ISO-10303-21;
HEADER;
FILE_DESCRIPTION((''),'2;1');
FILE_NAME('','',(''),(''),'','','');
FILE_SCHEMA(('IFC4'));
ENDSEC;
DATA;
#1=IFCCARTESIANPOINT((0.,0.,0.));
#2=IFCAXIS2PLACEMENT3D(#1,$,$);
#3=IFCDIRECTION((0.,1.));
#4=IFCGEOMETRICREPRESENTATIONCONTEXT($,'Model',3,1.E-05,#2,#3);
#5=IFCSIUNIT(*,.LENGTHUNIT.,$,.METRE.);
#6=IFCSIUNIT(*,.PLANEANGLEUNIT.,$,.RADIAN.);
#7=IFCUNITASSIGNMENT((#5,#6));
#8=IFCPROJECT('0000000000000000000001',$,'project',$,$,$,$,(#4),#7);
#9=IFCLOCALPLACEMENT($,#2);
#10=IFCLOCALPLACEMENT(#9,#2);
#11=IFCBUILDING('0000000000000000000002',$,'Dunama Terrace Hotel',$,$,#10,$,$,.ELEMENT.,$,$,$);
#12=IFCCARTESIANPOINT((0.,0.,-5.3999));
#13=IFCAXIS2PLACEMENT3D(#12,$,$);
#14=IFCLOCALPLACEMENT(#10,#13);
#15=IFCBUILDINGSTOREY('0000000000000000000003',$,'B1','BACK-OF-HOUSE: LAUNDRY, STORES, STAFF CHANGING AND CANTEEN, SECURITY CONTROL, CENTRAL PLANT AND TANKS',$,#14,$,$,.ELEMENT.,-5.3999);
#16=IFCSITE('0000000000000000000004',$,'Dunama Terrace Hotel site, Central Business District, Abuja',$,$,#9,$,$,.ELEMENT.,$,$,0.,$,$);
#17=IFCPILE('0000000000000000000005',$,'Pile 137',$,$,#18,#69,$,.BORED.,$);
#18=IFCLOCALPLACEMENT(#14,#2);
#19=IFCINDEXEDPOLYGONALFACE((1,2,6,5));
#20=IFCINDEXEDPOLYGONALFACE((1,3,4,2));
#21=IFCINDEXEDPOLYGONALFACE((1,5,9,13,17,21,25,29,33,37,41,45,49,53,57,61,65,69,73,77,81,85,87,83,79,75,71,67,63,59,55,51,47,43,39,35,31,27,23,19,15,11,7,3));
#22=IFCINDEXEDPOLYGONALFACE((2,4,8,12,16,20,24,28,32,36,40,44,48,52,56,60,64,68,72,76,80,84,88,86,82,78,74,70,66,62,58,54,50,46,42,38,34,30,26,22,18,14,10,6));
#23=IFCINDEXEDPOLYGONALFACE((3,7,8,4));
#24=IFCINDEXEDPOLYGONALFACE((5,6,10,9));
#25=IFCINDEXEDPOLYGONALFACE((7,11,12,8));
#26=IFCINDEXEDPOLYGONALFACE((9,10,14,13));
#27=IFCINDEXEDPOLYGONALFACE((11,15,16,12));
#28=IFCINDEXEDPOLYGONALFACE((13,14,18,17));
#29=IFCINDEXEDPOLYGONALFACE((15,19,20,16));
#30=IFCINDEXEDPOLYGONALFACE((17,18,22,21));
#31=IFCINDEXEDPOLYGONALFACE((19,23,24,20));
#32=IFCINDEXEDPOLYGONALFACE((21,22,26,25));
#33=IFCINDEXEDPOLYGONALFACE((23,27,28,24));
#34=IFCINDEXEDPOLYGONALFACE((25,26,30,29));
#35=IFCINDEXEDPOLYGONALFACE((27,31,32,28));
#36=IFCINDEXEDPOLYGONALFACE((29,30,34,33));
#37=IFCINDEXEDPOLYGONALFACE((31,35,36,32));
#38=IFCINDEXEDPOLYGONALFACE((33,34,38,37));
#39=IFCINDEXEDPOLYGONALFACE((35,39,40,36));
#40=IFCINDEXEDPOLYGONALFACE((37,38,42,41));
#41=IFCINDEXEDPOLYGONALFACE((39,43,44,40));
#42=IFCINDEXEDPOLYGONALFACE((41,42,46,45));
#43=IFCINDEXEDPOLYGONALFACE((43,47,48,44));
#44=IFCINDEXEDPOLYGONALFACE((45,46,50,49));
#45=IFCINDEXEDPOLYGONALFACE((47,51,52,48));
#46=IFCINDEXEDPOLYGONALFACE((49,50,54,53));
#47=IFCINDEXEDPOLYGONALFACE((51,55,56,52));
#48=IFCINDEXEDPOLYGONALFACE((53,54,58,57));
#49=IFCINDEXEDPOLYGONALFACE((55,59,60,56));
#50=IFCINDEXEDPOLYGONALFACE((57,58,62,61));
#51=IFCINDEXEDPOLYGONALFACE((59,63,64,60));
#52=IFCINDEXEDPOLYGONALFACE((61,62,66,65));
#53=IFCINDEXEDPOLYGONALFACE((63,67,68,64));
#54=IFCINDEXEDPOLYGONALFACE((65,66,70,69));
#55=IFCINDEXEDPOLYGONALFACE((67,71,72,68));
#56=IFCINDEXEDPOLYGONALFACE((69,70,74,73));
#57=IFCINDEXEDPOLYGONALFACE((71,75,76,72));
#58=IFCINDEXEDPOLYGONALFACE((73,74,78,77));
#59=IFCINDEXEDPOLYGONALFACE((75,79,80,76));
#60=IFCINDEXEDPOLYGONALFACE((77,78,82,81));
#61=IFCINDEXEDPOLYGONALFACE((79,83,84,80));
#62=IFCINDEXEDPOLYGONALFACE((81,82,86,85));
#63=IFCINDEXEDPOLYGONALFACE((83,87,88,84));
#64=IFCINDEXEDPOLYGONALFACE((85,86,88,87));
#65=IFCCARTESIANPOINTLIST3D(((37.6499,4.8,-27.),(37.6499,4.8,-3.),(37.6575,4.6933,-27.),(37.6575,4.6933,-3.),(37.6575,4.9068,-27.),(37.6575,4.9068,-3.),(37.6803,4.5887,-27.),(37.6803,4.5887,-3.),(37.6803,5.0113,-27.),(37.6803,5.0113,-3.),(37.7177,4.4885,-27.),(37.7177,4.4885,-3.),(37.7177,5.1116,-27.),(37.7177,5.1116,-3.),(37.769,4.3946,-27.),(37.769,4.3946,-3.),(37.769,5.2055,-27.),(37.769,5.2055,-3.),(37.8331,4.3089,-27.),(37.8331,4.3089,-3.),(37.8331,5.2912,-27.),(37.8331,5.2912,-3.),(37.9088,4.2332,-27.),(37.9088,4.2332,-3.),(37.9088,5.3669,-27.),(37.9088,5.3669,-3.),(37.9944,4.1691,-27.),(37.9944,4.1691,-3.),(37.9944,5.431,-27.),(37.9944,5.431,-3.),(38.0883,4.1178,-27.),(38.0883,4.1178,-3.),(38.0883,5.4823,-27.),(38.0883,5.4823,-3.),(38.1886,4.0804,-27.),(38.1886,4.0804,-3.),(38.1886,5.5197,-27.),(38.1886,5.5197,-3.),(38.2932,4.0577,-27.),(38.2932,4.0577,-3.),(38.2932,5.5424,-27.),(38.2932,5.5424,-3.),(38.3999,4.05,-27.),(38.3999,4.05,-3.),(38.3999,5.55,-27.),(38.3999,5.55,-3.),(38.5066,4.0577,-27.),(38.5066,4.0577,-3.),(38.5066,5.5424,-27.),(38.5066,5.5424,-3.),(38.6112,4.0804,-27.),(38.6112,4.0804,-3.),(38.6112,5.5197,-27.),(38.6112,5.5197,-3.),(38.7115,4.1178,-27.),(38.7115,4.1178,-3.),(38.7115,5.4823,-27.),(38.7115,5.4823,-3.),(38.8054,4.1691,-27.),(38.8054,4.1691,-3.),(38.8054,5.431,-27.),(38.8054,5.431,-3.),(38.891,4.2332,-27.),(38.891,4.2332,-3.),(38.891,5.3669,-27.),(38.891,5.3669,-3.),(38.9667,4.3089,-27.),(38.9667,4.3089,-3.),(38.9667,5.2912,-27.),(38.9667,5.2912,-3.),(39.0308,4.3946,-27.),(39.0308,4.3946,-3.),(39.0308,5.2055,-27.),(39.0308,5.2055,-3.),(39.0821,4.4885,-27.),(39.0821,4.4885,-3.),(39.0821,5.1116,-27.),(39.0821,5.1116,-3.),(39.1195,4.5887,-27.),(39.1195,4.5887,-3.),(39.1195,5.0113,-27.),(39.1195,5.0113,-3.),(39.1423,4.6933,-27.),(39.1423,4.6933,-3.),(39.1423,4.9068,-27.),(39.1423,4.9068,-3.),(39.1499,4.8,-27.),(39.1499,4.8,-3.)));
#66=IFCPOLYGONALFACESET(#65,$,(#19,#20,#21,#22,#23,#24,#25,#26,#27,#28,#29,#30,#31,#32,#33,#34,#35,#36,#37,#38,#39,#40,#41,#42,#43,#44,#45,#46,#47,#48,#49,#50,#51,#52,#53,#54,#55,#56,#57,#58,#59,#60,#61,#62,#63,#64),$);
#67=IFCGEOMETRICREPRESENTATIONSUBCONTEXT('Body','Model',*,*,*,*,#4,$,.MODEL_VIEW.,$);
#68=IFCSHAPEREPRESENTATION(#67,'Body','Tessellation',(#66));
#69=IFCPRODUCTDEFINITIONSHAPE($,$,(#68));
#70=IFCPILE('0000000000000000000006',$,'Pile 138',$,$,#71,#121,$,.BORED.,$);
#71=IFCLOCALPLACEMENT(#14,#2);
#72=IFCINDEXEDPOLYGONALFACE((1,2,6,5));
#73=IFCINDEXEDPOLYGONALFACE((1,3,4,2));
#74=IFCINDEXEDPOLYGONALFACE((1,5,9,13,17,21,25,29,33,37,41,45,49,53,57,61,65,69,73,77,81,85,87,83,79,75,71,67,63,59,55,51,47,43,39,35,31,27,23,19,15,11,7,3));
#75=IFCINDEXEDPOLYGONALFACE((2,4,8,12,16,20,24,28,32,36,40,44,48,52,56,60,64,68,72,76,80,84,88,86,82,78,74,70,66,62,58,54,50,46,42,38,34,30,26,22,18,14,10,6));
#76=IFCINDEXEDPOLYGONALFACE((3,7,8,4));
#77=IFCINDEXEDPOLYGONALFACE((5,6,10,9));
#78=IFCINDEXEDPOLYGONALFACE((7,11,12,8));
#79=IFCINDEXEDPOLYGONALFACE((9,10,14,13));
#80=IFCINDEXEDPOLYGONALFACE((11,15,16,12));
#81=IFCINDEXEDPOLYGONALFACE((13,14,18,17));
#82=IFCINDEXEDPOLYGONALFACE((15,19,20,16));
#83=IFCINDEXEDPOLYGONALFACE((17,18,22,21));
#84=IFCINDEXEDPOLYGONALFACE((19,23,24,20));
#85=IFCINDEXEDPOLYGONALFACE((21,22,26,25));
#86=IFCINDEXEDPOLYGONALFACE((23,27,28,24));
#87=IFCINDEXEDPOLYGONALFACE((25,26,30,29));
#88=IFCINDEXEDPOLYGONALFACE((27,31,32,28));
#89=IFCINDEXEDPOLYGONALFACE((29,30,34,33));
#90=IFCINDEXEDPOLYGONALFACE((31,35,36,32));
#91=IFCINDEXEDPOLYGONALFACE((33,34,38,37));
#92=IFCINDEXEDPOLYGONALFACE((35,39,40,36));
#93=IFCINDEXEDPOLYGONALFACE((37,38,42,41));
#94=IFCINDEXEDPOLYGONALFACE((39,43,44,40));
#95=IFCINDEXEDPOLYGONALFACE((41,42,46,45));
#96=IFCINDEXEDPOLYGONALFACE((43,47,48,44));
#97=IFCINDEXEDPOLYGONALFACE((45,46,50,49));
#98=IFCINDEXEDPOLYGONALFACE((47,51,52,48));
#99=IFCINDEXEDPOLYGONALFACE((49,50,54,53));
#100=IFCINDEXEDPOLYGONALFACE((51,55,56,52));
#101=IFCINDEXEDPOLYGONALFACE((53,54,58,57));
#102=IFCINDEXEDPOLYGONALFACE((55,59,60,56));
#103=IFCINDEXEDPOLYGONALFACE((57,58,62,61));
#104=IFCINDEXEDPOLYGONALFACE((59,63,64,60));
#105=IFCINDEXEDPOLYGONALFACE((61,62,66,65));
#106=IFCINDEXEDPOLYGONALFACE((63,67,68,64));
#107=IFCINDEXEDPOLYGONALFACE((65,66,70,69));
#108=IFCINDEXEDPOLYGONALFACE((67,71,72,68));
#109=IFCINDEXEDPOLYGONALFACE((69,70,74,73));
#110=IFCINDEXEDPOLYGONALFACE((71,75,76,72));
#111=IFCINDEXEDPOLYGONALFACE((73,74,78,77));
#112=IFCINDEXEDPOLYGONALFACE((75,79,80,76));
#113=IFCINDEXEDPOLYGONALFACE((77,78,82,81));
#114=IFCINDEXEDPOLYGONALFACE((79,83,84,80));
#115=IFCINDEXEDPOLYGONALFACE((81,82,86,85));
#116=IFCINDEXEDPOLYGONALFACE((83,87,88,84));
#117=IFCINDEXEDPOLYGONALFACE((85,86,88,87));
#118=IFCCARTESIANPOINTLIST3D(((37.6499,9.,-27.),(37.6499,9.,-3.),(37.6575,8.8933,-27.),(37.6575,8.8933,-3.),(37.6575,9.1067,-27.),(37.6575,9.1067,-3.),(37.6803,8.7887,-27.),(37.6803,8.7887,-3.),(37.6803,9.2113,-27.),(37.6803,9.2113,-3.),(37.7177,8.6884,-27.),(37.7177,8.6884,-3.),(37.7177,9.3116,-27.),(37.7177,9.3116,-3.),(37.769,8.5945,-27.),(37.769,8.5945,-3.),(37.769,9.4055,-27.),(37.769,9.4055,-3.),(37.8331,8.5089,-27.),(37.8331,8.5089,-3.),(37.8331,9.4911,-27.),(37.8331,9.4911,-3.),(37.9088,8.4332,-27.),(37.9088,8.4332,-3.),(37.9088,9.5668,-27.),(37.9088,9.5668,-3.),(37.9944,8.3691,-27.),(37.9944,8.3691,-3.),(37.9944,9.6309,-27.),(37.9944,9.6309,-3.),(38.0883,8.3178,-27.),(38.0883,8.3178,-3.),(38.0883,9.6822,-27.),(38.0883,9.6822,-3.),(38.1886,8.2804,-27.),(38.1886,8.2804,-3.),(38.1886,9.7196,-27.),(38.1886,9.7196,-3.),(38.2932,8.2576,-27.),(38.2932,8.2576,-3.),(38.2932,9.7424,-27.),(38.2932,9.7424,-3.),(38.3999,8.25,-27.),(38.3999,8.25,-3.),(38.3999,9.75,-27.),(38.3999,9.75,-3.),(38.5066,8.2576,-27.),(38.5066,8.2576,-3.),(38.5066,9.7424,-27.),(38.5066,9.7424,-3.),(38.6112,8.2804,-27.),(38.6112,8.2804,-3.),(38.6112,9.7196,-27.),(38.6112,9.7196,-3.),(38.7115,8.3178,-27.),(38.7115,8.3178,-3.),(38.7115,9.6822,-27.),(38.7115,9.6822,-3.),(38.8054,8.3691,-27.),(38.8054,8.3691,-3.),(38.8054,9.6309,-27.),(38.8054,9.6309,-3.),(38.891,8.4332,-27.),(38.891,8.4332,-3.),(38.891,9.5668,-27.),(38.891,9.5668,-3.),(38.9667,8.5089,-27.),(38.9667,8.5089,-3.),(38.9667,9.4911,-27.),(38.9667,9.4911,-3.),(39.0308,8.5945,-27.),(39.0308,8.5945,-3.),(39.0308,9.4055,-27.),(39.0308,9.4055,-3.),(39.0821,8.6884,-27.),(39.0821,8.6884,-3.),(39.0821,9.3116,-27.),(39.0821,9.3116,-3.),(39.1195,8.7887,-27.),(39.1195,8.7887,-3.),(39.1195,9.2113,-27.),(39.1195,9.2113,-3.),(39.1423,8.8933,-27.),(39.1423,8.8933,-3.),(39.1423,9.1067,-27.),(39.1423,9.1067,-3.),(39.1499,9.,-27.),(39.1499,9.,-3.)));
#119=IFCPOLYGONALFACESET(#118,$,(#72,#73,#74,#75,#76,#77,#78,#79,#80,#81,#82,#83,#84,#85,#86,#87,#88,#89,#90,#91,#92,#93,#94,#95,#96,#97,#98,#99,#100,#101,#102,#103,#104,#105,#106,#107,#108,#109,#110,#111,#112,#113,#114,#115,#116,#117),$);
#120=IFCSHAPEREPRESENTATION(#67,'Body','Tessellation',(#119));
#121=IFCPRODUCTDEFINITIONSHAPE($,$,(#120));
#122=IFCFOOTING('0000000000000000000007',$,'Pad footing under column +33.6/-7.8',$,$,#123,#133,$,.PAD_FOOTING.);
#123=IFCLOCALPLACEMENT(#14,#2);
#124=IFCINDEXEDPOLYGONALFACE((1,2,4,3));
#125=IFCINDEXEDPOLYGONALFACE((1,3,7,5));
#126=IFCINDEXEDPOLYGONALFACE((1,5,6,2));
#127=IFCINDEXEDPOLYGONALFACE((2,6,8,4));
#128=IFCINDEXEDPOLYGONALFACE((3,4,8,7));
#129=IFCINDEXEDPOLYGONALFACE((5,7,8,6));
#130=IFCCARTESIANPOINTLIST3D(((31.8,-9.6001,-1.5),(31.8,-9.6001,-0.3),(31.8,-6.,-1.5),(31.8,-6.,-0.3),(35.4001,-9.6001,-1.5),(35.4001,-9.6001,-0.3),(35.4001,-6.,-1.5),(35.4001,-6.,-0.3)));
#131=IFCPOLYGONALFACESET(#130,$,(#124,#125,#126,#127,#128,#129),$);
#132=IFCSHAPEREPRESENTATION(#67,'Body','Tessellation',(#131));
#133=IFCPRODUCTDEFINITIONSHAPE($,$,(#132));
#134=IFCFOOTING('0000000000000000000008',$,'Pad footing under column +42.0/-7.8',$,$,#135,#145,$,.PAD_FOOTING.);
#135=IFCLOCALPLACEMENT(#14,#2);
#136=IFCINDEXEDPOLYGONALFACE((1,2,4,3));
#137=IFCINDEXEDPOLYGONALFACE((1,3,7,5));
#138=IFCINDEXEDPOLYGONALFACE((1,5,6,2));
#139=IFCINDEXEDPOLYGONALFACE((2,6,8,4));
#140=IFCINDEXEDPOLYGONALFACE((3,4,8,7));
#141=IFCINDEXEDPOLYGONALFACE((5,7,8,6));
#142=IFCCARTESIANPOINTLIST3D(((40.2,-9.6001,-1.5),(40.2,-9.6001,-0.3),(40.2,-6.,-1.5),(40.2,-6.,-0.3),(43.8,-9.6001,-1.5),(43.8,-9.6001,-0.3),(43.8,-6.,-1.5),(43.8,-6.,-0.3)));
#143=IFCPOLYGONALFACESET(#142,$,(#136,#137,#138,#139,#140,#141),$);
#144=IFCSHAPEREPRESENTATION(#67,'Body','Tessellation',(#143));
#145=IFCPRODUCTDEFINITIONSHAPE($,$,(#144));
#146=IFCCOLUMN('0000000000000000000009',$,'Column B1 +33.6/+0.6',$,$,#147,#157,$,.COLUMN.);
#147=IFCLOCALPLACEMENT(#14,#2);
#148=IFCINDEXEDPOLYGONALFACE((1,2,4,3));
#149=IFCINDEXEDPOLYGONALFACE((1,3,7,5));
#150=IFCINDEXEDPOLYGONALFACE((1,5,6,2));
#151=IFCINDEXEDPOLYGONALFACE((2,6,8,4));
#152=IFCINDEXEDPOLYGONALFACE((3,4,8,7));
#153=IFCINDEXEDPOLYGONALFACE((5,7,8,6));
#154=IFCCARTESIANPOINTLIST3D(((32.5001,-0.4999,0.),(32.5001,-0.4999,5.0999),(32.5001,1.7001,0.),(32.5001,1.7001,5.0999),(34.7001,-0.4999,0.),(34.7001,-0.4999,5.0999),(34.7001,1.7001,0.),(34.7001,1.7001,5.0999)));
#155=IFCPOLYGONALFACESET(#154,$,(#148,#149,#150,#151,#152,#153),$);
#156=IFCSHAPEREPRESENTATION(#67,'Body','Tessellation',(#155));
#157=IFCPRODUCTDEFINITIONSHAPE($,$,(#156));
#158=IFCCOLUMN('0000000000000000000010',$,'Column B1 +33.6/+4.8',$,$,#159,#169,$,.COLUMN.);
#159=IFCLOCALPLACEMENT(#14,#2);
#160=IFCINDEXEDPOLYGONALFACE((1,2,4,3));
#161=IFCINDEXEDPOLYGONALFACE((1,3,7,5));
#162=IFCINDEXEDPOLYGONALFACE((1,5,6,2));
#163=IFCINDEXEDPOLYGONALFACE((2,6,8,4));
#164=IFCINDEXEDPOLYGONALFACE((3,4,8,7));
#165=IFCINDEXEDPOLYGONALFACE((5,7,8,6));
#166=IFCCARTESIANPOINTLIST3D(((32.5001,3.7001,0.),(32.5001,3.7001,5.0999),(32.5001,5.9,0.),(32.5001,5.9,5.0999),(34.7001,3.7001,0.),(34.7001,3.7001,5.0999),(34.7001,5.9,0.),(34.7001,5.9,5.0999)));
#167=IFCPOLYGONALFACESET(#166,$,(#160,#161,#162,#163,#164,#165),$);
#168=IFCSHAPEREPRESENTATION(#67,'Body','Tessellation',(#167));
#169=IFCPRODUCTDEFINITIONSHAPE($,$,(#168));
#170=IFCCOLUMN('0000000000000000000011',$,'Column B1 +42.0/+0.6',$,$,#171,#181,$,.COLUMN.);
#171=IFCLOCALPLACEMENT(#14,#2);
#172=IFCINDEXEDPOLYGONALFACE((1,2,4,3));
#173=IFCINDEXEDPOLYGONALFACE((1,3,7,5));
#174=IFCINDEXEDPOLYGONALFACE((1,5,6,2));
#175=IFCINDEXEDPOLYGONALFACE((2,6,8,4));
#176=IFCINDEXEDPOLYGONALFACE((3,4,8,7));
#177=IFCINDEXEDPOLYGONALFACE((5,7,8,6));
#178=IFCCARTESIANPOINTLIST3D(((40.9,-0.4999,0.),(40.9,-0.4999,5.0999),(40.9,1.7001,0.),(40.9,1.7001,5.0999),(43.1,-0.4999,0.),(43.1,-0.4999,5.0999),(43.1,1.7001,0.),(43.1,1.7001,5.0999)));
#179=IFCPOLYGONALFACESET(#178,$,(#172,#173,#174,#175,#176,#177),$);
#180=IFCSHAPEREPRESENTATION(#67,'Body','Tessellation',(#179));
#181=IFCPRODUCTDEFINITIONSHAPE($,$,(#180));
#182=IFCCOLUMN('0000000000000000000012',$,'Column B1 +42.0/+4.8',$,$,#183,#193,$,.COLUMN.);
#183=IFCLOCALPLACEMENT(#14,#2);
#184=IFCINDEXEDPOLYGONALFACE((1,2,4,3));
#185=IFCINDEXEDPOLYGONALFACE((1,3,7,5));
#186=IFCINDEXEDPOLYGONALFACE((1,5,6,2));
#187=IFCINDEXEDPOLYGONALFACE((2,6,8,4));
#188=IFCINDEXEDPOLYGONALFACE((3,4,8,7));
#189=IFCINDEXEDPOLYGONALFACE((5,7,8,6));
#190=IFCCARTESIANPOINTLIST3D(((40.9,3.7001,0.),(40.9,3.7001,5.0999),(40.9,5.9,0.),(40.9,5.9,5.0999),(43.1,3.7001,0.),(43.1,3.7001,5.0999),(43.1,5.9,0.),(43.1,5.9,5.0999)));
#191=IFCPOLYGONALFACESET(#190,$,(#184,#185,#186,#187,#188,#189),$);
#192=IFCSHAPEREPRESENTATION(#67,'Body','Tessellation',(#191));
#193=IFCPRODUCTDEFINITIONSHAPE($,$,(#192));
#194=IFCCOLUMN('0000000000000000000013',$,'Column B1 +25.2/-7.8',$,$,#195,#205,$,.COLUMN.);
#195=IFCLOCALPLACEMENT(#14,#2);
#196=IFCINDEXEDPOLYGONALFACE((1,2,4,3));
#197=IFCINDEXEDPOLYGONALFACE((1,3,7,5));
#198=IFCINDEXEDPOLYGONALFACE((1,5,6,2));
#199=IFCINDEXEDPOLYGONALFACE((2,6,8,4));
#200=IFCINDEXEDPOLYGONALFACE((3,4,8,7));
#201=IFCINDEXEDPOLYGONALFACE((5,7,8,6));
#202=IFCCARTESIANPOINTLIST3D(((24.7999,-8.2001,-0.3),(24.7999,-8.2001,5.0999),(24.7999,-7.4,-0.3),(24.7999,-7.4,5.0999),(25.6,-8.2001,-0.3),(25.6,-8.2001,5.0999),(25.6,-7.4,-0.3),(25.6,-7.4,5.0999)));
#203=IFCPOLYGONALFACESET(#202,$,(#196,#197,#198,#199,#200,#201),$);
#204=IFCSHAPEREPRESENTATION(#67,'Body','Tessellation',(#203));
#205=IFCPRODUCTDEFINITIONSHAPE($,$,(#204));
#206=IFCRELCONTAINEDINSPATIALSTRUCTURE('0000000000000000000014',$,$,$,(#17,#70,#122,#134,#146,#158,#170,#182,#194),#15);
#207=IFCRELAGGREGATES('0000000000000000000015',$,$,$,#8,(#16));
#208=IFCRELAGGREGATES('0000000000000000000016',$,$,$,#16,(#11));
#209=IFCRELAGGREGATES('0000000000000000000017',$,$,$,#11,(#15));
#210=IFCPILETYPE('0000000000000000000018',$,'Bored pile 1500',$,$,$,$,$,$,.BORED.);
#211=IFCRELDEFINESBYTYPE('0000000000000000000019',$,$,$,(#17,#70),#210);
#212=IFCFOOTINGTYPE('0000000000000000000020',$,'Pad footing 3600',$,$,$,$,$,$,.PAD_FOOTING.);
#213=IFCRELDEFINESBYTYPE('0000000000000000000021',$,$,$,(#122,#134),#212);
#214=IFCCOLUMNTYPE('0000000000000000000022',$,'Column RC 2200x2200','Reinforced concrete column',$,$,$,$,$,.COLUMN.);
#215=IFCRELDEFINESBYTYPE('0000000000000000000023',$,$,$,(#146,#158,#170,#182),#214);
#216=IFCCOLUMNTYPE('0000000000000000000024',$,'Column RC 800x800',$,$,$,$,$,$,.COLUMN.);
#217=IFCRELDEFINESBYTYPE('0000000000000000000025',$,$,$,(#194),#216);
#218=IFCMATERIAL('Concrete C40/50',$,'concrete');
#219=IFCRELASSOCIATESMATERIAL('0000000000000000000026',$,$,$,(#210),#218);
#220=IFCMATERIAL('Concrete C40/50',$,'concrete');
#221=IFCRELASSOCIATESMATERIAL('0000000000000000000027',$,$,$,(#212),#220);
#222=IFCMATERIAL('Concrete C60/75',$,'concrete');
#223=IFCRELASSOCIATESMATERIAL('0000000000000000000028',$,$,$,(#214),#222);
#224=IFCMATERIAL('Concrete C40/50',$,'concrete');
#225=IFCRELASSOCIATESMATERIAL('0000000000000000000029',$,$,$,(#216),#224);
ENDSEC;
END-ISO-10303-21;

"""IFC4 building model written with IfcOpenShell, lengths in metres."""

from ifc_helpers import new_model, si_unit, direction, frame, origin, origin_2d, place, context, subcontext, project, spatial, rectangle, circle, extrude, material, material_profile, profile_set, type_object, element, save


model = new_model("IFC4")

# Units and contexts
model_context = context("Model", 3, precision=1e-05, world=origin(), true_north=direction((0.0, 1.0)))
body_context = subcontext(model_context, "Body", "Model", "MODEL_VIEW")
ifc_project = project(units=[si_unit("LENGTHUNIT", "METRE"), si_unit("PLANEANGLEUNIT", "RADIAN")], contexts=[model_context])

# Site, building, storey
site_placement = place(None, origin())
site = spatial("IfcSite", under=ifc_project, at=site_placement, Name="Dunama Terrace Hotel site, Central Business District, Abuja", CompositionType="ELEMENT", RefElevation=0.0)
building_placement = place(site_placement, origin())
building = spatial("IfcBuilding", under=site, at=building_placement, Name="Dunama Terrace Hotel", CompositionType="ELEMENT")
storey_placement = place(building_placement, frame((0.0, 0.0, -5.3999)))
storey = spatial("IfcBuildingStorey", under=building, at=storey_placement, Name="B1", Description="BACK-OF-HOUSE: LAUNDRY, STORES, STAFF CHANGING AND CANTEEN, SECURITY CONTROL, CENTRAL PLANT AND TANKS", CompositionType="ELEMENT", Elevation=-5.3999)

# Piles
ifc_material_1 = material(Name="Concrete C40/50", Category="concrete")
ifc_material_profile_1 = material_profile(ifc_material_1, circle(Radius=0.75, at=origin_2d()), Name="PILE D1500")
ifc_profile_set_1 = profile_set([ifc_material_profile_1], Name="Concrete C40/50")
pile_type = type_object("IfcPileType", Name="Bored pile 1500", PredefinedType="BORED", material=ifc_profile_set_1)
for number, where, z_axis, x_axis, name in (
    (1, (38.3999, 4.8, -3.0), (0.0, 0.0, -1.0), (1.0, 0.0, 0.0), "Pile 137"),
    (2, (38.3999, 9.0, -3.0), (0.0, 0.0, -1.0), (1.0, 0.0, 0.0), "Pile 138"),
):
    element("IfcPile", number, at=place(storey_placement, frame(where, z_axis=z_axis, x_axis=x_axis)), inside=storey, type_object=pile_type, Name=name, PredefinedType="BORED", context=body_context, shape_type="SweptSolid", body=[
        extrude(circle(Radius=0.75, at=origin_2d()), origin(), (0.0, 0.0, 1.0), 24.0),
    ])

# Footings
ifc_material_2 = material(Name="Concrete C40/50", Category="concrete")
footing_type = type_object("IfcFootingType", Name="Pad footing 3600", PredefinedType="PAD_FOOTING", material=ifc_material_2)
for number, where, z_axis, x_axis, name in (
    (3, (33.6001, -7.8, -1.5), (0.0, 0.0, 1.0), (1.0, 0.0, 0.0), "Pad footing under column +33.6/-7.8"),
    (4, (42.0, -7.8, -1.5), (0.0, 0.0, 1.0), (1.0, 0.0, 0.0), "Pad footing under column +42.0/-7.8"),
):
    element("IfcFooting", number, at=place(storey_placement, frame(where, z_axis=z_axis, x_axis=x_axis)), inside=storey, type_object=footing_type, Name=name, PredefinedType="PAD_FOOTING", context=body_context, shape_type="SweptSolid", body=[
        extrude(rectangle(XDim=3.6001, YDim=3.6001, at=origin_2d()), origin(), (0.0, 0.0, 1.0), 1.2),
    ])

# Columns
ifc_material_3 = material(Name="Concrete C60/75", Category="concrete")
ifc_material_profile_2 = material_profile(ifc_material_3, rectangle(XDim=2.2, YDim=2.2, at=origin_2d()), Name="RC 2200x2200")
ifc_profile_set_2 = profile_set([ifc_material_profile_2], Name="Concrete C60/75")
column_type_1 = type_object("IfcColumnType", Name="Column RC 2200x2200", Description="Reinforced concrete column", PredefinedType="COLUMN", material=ifc_profile_set_2)
for number, where, z_axis, x_axis, name in (
    (5, (33.6001, 0.6001, 0.0), (0.0, 0.0, 1.0), (1.0, 0.0, 0.0), "Column B1 +33.6/+0.6"),
    (6, (33.6001, 4.8, 0.0), (0.0, 0.0, 1.0), (1.0, 0.0, 0.0), "Column B1 +33.6/+4.8"),
    (7, (42.0, 0.6001, 0.0), (0.0, 0.0, 1.0), (1.0, 0.0, 0.0), "Column B1 +42.0/+0.6"),
    (8, (42.0, 4.8, 0.0), (0.0, 0.0, 1.0), (1.0, 0.0, 0.0), "Column B1 +42.0/+4.8"),
):
    element("IfcColumn", number, at=place(storey_placement, frame(where, z_axis=z_axis, x_axis=x_axis)), inside=storey, type_object=column_type_1, Name=name, PredefinedType="COLUMN", context=body_context, shape_type="SweptSolid", body=[
        extrude(rectangle(XDim=2.2, YDim=2.2, at=origin_2d()), origin(), (0.0, 0.0, 1.0), 5.0999),
    ])
ifc_material_4 = material(Name="Concrete C40/50", Category="concrete")
ifc_material_profile_3 = material_profile(ifc_material_4, rectangle(XDim=0.8, YDim=0.8, at=origin_2d()), Name="RC 800x800")
ifc_profile_set_3 = profile_set([ifc_material_profile_3], Name="Concrete C40/50")
column_type_2 = type_object("IfcColumnType", Name="Column RC 800x800", PredefinedType="COLUMN", material=ifc_profile_set_3)
for number, where, z_axis, x_axis, name in (
    (9, (25.2, -7.8, -0.3), (0.0, 0.0, 1.0), (1.0, 0.0, 0.0), "Column B1 +25.2/-7.8"),
):
    element("IfcColumn", number, at=place(storey_placement, frame(where, z_axis=z_axis, x_axis=x_axis)), inside=storey, type_object=column_type_2, Name=name, PredefinedType="COLUMN", context=body_context, shape_type="SweptSolid", body=[
        extrude(rectangle(XDim=0.8, YDim=0.8, at=origin_2d()), origin(), (0.0, 0.0, 1.0), 5.3999),
    ])

save(model, "model.ifc")
